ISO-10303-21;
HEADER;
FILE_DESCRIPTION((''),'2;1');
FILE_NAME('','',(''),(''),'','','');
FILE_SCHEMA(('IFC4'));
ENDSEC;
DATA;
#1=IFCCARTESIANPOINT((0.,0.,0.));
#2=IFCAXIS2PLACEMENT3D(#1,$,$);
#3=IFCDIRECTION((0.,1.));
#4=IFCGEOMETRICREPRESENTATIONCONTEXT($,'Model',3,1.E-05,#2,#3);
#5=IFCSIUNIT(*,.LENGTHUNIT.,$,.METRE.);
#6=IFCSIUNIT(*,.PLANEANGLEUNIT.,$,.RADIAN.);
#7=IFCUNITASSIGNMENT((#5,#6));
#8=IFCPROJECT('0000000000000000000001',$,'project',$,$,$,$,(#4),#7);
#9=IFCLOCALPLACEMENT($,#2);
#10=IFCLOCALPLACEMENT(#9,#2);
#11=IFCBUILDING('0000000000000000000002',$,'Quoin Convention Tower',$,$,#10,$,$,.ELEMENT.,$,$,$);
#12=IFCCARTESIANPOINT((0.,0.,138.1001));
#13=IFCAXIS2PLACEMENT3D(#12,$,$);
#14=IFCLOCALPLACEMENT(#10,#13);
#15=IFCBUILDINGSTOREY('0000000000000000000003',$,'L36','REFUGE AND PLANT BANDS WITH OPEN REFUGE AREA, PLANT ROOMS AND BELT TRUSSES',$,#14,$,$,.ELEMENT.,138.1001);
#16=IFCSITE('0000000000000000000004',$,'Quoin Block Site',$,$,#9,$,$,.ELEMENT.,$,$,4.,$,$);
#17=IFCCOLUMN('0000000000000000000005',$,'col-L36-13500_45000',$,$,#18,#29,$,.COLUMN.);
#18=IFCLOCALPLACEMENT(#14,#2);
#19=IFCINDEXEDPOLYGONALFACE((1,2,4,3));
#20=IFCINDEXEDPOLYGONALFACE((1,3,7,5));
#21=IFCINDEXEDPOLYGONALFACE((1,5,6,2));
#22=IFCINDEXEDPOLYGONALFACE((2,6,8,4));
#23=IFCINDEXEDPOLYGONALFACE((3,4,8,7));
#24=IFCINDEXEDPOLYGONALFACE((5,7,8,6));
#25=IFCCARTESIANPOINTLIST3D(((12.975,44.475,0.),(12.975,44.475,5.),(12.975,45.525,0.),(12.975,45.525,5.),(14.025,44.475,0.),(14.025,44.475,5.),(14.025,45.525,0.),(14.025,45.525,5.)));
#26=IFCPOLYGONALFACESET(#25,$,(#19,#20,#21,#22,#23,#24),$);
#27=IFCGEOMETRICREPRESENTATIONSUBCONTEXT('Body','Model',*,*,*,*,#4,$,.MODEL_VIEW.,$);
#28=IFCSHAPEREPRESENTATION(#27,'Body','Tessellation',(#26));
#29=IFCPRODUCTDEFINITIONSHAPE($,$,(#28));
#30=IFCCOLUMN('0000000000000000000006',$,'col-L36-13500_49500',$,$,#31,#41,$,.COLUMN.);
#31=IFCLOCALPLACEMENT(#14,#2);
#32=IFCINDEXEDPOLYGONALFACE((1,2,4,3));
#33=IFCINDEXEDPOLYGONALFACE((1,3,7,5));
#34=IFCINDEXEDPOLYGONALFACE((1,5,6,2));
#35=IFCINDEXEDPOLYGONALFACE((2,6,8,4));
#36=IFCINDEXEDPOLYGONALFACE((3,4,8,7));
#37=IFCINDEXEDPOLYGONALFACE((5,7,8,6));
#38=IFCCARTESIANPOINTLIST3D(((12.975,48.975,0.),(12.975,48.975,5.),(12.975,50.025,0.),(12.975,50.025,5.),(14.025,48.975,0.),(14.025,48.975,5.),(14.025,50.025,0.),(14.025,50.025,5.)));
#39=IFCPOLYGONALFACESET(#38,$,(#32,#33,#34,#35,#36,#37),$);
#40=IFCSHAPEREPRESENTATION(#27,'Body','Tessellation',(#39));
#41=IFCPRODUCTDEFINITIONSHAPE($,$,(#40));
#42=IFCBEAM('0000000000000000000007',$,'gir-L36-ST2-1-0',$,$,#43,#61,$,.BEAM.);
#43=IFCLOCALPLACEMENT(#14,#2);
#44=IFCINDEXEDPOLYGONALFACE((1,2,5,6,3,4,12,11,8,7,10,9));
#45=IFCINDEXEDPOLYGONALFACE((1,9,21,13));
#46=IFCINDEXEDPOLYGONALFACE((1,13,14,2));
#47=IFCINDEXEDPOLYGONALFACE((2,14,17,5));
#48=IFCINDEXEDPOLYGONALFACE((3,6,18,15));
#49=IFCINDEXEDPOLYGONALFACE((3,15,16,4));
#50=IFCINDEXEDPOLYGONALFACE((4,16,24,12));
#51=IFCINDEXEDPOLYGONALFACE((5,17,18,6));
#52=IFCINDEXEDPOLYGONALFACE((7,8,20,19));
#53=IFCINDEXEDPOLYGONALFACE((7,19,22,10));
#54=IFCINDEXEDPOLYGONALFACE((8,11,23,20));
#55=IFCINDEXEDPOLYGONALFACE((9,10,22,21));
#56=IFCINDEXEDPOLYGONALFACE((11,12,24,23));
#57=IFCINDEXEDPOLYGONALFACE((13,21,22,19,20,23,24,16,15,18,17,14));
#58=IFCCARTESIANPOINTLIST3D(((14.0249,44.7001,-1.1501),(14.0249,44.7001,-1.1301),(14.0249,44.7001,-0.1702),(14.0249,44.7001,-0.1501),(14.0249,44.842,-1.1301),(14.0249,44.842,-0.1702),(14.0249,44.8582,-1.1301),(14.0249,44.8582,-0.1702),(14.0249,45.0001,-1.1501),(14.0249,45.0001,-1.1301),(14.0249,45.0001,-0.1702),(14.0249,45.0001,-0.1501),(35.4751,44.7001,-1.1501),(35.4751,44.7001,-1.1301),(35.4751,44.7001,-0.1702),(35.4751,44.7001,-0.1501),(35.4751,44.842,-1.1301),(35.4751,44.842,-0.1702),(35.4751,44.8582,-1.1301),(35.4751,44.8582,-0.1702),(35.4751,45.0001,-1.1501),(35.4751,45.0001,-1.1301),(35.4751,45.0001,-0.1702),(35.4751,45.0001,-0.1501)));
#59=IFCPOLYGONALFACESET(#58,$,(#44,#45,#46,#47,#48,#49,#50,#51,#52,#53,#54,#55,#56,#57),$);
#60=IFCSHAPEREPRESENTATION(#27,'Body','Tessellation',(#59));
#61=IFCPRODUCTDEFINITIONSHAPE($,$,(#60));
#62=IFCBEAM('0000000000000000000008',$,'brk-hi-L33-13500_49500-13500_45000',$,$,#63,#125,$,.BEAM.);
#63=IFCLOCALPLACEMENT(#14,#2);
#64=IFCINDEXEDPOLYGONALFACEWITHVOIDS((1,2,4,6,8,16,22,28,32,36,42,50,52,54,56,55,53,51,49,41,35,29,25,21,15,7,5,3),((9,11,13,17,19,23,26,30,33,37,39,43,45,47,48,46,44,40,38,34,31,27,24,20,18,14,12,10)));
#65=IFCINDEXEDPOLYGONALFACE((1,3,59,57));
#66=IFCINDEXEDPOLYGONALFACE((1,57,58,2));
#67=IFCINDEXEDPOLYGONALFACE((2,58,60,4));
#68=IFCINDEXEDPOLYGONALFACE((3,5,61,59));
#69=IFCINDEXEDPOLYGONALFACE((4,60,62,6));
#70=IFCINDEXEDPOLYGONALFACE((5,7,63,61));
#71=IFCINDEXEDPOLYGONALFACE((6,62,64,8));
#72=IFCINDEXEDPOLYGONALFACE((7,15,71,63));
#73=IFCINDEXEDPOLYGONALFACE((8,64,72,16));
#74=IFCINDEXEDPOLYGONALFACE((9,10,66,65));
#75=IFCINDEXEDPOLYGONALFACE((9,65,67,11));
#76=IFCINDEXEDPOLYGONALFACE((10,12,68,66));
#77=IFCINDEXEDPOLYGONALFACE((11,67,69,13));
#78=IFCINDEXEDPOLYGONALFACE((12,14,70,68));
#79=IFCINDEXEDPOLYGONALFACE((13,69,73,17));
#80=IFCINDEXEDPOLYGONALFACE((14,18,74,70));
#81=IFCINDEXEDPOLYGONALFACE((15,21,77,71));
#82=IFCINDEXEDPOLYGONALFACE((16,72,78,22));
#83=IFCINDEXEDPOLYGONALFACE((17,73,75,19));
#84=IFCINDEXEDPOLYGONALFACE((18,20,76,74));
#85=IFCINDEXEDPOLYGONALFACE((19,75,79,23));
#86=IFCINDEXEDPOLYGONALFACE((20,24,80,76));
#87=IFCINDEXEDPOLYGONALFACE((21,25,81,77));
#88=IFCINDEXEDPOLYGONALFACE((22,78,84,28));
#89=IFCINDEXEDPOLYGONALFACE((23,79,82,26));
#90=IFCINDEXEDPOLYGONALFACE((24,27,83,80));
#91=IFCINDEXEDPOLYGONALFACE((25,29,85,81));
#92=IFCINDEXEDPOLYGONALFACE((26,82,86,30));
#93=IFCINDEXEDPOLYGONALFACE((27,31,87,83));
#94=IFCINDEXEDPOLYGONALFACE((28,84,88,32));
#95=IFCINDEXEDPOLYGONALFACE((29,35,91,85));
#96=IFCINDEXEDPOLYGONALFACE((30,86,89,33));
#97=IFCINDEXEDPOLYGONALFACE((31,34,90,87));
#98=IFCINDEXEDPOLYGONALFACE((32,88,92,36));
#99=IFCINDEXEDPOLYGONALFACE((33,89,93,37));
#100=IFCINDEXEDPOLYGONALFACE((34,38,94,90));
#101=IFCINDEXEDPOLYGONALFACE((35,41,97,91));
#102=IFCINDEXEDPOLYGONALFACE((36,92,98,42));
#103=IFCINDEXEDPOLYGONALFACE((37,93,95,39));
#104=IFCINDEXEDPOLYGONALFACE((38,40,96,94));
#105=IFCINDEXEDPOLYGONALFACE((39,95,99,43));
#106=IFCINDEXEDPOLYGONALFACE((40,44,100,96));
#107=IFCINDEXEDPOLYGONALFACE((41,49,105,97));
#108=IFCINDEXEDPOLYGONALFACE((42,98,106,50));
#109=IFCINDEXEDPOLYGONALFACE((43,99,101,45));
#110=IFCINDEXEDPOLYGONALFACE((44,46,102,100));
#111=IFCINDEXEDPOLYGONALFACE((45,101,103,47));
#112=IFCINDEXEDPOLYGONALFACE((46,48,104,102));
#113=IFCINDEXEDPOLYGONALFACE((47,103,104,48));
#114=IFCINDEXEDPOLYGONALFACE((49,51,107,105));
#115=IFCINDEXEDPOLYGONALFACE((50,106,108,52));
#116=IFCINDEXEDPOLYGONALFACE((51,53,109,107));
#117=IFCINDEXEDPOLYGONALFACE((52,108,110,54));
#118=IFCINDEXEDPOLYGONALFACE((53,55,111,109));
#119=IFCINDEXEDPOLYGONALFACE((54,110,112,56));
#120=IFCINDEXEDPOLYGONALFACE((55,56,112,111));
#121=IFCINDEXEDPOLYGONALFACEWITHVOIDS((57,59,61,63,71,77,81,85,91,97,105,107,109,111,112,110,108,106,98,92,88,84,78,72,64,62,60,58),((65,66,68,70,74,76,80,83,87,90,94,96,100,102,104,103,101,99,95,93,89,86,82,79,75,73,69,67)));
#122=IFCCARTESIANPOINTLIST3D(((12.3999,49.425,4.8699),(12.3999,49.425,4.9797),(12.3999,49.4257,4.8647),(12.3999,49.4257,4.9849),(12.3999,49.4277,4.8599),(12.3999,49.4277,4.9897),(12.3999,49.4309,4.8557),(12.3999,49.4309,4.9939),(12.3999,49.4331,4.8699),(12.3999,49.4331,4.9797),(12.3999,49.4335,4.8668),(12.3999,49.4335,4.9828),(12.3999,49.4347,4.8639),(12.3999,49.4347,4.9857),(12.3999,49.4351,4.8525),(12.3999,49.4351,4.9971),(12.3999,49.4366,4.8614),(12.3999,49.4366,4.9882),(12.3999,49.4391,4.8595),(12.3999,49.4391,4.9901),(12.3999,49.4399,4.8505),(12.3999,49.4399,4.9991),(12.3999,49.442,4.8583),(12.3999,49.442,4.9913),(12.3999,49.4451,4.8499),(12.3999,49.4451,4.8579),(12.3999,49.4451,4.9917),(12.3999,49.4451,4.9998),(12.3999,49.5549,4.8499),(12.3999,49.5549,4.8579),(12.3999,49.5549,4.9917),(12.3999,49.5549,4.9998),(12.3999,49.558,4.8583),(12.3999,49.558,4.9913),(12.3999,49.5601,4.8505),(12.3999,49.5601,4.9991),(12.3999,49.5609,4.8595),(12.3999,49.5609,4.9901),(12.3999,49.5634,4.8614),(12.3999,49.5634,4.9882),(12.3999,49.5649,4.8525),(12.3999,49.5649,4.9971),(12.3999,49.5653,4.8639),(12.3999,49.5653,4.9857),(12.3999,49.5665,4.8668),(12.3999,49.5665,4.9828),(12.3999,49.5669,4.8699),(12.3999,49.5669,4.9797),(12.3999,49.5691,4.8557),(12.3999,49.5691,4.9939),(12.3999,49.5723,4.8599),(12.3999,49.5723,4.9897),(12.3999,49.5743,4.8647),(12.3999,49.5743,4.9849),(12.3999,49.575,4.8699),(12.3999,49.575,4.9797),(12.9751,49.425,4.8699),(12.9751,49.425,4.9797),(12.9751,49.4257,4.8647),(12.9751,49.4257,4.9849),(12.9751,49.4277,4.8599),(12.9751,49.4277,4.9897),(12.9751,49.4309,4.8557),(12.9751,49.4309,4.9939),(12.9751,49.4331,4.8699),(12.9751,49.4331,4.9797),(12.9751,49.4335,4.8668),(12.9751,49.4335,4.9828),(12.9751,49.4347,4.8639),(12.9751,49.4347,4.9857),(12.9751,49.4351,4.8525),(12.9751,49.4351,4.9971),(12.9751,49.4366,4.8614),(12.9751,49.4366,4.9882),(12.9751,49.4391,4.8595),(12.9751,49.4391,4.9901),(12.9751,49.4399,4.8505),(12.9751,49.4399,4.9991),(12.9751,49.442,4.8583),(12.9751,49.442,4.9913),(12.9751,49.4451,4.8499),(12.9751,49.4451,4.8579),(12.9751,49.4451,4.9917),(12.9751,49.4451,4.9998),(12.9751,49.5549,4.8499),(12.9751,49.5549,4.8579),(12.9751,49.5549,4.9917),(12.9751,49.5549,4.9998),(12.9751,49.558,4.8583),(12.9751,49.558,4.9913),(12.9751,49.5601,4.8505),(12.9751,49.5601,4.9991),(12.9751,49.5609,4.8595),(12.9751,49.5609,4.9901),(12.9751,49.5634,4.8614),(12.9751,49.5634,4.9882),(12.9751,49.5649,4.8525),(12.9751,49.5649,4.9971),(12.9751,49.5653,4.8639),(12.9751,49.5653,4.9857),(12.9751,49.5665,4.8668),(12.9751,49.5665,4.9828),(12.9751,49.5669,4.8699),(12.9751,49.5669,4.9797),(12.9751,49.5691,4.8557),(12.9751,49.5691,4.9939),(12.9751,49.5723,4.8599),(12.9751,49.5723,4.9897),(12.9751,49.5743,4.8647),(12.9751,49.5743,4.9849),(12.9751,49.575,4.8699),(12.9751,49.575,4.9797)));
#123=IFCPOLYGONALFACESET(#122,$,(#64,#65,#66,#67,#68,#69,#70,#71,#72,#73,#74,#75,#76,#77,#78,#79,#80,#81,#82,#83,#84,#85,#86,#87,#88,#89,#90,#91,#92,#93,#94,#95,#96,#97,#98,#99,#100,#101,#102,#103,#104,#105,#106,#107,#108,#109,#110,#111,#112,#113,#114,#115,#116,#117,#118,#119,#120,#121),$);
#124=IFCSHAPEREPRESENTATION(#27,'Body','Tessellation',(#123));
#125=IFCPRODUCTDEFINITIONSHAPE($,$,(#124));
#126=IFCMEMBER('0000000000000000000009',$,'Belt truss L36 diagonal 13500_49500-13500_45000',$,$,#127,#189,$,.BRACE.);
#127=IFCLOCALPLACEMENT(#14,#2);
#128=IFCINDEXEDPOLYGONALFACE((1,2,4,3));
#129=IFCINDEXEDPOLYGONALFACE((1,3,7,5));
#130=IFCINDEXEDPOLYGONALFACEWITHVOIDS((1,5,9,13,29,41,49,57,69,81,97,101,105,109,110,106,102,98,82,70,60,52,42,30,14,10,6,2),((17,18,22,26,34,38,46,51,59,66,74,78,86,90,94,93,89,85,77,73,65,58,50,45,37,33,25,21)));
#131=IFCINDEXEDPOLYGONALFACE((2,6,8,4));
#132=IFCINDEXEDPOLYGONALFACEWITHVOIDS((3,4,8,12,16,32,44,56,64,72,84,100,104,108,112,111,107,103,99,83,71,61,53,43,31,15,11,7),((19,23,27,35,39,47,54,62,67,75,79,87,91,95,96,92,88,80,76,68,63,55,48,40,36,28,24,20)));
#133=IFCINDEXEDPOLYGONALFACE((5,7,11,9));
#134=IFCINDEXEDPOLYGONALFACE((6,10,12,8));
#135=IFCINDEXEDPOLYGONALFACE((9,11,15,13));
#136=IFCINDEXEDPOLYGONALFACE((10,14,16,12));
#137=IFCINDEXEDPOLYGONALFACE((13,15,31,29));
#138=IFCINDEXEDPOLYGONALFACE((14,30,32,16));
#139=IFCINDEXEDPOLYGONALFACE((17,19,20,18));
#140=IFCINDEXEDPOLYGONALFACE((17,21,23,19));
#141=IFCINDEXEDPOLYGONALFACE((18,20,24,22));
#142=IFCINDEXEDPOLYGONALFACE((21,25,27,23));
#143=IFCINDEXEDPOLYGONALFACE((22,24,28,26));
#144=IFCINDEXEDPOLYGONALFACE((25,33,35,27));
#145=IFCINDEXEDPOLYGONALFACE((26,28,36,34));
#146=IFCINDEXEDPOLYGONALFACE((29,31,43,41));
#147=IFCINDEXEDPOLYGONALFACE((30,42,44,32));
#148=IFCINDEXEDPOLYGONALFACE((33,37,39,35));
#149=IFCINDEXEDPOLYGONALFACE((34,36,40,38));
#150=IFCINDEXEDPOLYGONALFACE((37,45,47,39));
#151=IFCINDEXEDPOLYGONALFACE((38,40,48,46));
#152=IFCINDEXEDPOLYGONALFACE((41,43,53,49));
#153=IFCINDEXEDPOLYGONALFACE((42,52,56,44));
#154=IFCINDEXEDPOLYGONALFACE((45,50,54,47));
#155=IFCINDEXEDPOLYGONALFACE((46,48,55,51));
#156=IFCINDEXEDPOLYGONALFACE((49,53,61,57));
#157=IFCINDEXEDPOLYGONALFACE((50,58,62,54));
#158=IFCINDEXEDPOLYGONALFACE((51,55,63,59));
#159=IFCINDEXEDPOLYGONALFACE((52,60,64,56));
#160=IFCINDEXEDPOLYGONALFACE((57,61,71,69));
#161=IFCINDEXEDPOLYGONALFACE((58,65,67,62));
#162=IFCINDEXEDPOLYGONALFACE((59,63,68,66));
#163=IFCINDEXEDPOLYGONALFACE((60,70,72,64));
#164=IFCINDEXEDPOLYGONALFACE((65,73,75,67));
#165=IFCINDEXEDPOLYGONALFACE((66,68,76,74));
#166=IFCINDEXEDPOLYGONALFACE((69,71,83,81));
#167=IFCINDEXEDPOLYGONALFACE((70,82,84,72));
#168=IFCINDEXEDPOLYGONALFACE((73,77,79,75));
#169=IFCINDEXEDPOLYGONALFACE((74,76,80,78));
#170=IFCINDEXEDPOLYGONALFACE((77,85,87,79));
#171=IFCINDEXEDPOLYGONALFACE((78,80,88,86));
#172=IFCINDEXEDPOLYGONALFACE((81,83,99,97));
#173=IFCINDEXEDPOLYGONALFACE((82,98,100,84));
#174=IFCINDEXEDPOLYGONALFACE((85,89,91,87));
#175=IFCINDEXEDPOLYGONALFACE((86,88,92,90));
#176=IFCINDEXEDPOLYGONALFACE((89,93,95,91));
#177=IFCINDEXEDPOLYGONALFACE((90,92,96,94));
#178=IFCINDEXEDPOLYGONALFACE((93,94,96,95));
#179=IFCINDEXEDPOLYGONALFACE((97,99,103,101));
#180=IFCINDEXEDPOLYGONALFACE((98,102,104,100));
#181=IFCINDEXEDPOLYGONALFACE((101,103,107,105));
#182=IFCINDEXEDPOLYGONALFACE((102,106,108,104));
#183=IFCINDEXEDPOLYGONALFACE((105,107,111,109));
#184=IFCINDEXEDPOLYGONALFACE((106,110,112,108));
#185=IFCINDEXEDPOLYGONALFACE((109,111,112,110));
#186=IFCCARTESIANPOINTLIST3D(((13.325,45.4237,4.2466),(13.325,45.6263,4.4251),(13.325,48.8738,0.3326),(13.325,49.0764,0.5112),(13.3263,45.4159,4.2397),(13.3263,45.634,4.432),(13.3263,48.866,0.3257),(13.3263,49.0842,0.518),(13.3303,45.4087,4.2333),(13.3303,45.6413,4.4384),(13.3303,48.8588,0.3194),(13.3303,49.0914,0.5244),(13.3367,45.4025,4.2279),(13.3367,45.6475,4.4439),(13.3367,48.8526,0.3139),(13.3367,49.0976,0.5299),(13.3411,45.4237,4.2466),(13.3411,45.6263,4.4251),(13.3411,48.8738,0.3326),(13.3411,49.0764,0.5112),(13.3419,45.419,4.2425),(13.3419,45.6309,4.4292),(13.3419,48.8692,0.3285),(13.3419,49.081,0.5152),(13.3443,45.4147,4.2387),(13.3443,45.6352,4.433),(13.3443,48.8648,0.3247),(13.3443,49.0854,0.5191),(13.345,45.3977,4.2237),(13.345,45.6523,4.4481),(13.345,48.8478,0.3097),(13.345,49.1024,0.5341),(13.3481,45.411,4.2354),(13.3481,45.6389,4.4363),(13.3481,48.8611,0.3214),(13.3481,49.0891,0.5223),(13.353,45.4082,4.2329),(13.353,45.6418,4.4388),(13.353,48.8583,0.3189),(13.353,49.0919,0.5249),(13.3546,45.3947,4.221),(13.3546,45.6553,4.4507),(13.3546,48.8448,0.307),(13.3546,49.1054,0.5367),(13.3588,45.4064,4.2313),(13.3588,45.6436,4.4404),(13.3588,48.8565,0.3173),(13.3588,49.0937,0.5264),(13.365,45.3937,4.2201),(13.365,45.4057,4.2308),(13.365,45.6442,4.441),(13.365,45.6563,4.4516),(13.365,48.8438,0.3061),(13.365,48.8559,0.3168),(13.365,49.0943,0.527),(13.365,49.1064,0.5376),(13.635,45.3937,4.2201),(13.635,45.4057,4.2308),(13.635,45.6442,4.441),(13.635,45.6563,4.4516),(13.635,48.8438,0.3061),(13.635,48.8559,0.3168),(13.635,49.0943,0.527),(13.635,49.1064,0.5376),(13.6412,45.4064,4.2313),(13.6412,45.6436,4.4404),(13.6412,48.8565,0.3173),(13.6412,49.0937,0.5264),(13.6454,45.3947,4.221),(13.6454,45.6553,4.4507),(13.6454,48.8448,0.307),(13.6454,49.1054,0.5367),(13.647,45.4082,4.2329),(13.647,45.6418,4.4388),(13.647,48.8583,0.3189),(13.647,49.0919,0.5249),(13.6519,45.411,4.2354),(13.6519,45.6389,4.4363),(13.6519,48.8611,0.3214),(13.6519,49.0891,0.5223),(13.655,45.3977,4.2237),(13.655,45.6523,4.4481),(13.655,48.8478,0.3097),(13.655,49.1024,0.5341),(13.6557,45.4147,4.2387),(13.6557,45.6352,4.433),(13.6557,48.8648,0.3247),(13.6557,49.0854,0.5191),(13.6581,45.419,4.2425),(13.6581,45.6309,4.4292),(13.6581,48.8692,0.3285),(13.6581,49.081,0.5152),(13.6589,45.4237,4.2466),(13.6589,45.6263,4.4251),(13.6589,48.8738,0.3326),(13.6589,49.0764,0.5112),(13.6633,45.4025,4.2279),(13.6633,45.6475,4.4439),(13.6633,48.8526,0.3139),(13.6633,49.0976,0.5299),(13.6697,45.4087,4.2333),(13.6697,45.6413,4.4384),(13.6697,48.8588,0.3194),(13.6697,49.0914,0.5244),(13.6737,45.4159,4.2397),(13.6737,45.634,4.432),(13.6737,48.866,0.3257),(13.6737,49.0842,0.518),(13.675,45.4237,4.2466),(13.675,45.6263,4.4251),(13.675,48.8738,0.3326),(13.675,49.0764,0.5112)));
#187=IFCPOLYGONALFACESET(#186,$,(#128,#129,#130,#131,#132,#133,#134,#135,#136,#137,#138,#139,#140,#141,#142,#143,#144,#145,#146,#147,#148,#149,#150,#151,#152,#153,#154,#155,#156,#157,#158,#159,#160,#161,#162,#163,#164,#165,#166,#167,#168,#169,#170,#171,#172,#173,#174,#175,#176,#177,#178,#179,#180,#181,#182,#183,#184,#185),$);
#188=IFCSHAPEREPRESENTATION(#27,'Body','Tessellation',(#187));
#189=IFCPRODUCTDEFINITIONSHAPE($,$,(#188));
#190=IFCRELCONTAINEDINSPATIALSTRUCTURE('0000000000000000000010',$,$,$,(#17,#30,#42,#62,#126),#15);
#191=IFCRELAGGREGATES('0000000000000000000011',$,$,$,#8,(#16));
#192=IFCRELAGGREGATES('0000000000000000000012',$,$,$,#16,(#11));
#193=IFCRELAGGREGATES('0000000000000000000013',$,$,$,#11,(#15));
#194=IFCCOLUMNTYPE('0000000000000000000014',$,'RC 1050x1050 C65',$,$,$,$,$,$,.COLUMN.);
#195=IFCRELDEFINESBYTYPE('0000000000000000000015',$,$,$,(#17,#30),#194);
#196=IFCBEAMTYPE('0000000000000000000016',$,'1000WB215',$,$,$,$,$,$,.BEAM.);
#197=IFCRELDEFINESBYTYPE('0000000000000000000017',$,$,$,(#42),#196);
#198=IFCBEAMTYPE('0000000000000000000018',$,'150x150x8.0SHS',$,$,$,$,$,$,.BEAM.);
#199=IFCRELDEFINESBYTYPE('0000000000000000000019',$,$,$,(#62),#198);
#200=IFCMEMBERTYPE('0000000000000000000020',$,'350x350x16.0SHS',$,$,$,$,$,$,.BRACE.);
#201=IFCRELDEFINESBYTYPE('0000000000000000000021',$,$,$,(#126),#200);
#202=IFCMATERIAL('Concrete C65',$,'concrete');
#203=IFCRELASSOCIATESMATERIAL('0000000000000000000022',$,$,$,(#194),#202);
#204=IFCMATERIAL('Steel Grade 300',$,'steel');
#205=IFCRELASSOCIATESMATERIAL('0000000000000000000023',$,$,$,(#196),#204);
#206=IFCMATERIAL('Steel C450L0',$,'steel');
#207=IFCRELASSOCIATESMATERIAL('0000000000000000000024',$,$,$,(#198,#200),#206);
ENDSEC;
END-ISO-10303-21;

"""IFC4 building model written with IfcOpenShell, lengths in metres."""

from ifc_helpers import new_model, si_unit, direction, frame, origin, origin_2d, place, context, subcontext, project, spatial, rectangle, hollow_rectangle, i_section, extrude, material, material_profile, profile_set, type_object, element, save


model = new_model("IFC4")

# Units and contexts
model_context = context("Model", 3, precision=1e-05, world=origin(), true_north=direction((0.0, 1.0)))
body_context = subcontext(model_context, "Body", "Model", "MODEL_VIEW")
ifc_project = project(units=[si_unit("LENGTHUNIT", "METRE"), si_unit("PLANEANGLEUNIT", "RADIAN")], contexts=[model_context])

# Site, building, storey
site_placement = place(None, origin())
site = spatial("IfcSite", under=ifc_project, at=site_placement, Name="Quoin Block Site", CompositionType="ELEMENT", RefElevation=4.0)
building_placement = place(site_placement, origin())
building = spatial("IfcBuilding", under=site, at=building_placement, Name="Quoin Convention Tower", CompositionType="ELEMENT")
storey_placement = place(building_placement, frame((0.0, 0.0, 138.1001)))
storey = spatial("IfcBuildingStorey", under=building, at=storey_placement, Name="L36", Description="REFUGE AND PLANT BANDS WITH OPEN REFUGE AREA, PLANT ROOMS AND BELT TRUSSES", CompositionType="ELEMENT", Elevation=138.1001)

# Columns
ifc_material_1 = material(Name="Concrete C65", Category="concrete")
ifc_material_profile_1 = material_profile(ifc_material_1, rectangle(XDim=1.05, YDim=1.05, at=origin_2d()), Name="RC 1050x1050")
ifc_profile_set_1 = profile_set([ifc_material_profile_1], Name="Concrete C65")
column_type = type_object("IfcColumnType", Name="RC 1050x1050 C65", PredefinedType="COLUMN", material=ifc_profile_set_1)
for number, where, z_axis, x_axis, name in (
    (1, (13.5, 45.0, 0.0), (0.0, 0.0, 1.0), (1.0, 0.0, 0.0), "col-L36-13500_45000"),
    (2, (13.5, 49.5, 0.0), (0.0, 0.0, 1.0), (1.0, 0.0, 0.0), "col-L36-13500_49500"),
):
    element("IfcColumn", number, at=place(storey_placement, frame(where, z_axis=z_axis, x_axis=x_axis)), inside=storey, type_object=column_type, Name=name, PredefinedType="COLUMN", context=body_context, shape_type="SweptSolid", body=[
        extrude(rectangle(XDim=1.05, YDim=1.05, at=origin_2d()), origin(), (0.0, 0.0, 1.0), 5.0),
    ])

# Beams
ifc_material_2 = material(Name="Steel Grade 300", Category="steel")
ifc_material_profile_2 = material_profile(ifc_material_2, i_section(OverallWidth=0.3, OverallDepth=1.0, WebThickness=0.0161, FlangeThickness=0.02, at=origin_2d()), Name="1000WB215")
ifc_profile_set_2 = profile_set([ifc_material_profile_2], Name="Steel Grade 300")
beam_type_1 = type_object("IfcBeamType", Name="1000WB215", PredefinedType="BEAM", material=ifc_profile_set_2)
beam_1_placement = place(storey_placement, frame((14.0249, 44.8501, -0.6501), z_axis=(1.0, 0.0, 0.0), x_axis=(0.0, 1.0, 0.0)))
element("IfcBeam", 3, at=beam_1_placement, inside=storey, type_object=beam_type_1, Name="gir-L36-ST2-1-0", PredefinedType="BEAM", context=body_context, shape_type="SweptSolid", body=[
    extrude(i_section(OverallWidth=0.3, OverallDepth=1.0, WebThickness=0.0161, FlangeThickness=0.02, at=origin_2d()), origin(), (0.0, 0.0, 1.0), 21.4502),
])
ifc_material_3 = material(Name="Steel C450L0", Category="steel")
ifc_material_profile_3 = material_profile(ifc_material_3, hollow_rectangle(XDim=0.1499, YDim=0.1499, WallThickness=0.0081, InnerFilletRadius=0.012, OuterFilletRadius=0.02, at=origin_2d()), Name="150x150x8.0SHS")
ifc_profile_set_3 = profile_set([ifc_material_profile_3], Name="Steel C450L0")
beam_type_2 = type_object("IfcBeamType", Name="150x150x8.0SHS", PredefinedType="BEAM", material=ifc_profile_set_3)
beam_2_placement = place(storey_placement, frame((12.9751, 49.5, 4.9248), z_axis=(-1.0, 0.0, 0.0), x_axis=(0.0, -1.0, 0.0)))
element("IfcBeam", 4, at=beam_2_placement, inside=storey, type_object=beam_type_2, Name="brk-hi-L33-13500_49500-13500_45000", PredefinedType="BEAM", context=body_context, shape_type="SweptSolid", body=[
    extrude(hollow_rectangle(XDim=0.1499, YDim=0.1499, WallThickness=0.0081, InnerFilletRadius=0.012, OuterFilletRadius=0.02, at=origin_2d()), origin(), (0.0, 0.0, 1.0), 0.5752),
])

# Member
ifc_material_profile_4 = material_profile(ifc_material_3, hollow_rectangle(XDim=0.3501, YDim=0.3501, WallThickness=0.0161, InnerFilletRadius=0.0239, OuterFilletRadius=0.04, at=origin_2d()), Name="350x350x16.0SHS")
ifc_profile_set_4 = profile_set([ifc_material_profile_4], Name="Steel C450L0")
member_type_1 = type_object("IfcMemberType", Name="350x350x16.0SHS", PredefinedType="BRACE", material=ifc_profile_set_4)
member_1_placement = place(storey_placement, frame((13.5, 48.9751, 0.4219), z_axis=(0.0, -0.661256, 0.75016), x_axis=(1.0, 0.0, 0.0)))
element("IfcMember", 5, at=member_1_placement, inside=storey, type_object=member_type_1, Name="Belt truss L36 diagonal 13500_49500-13500_45000", PredefinedType="BRACE", context=body_context, shape_type="SweptSolid", body=[
    extrude(hollow_rectangle(XDim=0.3501, YDim=0.3501, WallThickness=0.0161, InnerFilletRadius=0.0239, OuterFilletRadius=0.04, at=origin_2d()), origin(), (0.0, 0.0, 1.0), 5.2175),
])

save(model, "model.ifc")
